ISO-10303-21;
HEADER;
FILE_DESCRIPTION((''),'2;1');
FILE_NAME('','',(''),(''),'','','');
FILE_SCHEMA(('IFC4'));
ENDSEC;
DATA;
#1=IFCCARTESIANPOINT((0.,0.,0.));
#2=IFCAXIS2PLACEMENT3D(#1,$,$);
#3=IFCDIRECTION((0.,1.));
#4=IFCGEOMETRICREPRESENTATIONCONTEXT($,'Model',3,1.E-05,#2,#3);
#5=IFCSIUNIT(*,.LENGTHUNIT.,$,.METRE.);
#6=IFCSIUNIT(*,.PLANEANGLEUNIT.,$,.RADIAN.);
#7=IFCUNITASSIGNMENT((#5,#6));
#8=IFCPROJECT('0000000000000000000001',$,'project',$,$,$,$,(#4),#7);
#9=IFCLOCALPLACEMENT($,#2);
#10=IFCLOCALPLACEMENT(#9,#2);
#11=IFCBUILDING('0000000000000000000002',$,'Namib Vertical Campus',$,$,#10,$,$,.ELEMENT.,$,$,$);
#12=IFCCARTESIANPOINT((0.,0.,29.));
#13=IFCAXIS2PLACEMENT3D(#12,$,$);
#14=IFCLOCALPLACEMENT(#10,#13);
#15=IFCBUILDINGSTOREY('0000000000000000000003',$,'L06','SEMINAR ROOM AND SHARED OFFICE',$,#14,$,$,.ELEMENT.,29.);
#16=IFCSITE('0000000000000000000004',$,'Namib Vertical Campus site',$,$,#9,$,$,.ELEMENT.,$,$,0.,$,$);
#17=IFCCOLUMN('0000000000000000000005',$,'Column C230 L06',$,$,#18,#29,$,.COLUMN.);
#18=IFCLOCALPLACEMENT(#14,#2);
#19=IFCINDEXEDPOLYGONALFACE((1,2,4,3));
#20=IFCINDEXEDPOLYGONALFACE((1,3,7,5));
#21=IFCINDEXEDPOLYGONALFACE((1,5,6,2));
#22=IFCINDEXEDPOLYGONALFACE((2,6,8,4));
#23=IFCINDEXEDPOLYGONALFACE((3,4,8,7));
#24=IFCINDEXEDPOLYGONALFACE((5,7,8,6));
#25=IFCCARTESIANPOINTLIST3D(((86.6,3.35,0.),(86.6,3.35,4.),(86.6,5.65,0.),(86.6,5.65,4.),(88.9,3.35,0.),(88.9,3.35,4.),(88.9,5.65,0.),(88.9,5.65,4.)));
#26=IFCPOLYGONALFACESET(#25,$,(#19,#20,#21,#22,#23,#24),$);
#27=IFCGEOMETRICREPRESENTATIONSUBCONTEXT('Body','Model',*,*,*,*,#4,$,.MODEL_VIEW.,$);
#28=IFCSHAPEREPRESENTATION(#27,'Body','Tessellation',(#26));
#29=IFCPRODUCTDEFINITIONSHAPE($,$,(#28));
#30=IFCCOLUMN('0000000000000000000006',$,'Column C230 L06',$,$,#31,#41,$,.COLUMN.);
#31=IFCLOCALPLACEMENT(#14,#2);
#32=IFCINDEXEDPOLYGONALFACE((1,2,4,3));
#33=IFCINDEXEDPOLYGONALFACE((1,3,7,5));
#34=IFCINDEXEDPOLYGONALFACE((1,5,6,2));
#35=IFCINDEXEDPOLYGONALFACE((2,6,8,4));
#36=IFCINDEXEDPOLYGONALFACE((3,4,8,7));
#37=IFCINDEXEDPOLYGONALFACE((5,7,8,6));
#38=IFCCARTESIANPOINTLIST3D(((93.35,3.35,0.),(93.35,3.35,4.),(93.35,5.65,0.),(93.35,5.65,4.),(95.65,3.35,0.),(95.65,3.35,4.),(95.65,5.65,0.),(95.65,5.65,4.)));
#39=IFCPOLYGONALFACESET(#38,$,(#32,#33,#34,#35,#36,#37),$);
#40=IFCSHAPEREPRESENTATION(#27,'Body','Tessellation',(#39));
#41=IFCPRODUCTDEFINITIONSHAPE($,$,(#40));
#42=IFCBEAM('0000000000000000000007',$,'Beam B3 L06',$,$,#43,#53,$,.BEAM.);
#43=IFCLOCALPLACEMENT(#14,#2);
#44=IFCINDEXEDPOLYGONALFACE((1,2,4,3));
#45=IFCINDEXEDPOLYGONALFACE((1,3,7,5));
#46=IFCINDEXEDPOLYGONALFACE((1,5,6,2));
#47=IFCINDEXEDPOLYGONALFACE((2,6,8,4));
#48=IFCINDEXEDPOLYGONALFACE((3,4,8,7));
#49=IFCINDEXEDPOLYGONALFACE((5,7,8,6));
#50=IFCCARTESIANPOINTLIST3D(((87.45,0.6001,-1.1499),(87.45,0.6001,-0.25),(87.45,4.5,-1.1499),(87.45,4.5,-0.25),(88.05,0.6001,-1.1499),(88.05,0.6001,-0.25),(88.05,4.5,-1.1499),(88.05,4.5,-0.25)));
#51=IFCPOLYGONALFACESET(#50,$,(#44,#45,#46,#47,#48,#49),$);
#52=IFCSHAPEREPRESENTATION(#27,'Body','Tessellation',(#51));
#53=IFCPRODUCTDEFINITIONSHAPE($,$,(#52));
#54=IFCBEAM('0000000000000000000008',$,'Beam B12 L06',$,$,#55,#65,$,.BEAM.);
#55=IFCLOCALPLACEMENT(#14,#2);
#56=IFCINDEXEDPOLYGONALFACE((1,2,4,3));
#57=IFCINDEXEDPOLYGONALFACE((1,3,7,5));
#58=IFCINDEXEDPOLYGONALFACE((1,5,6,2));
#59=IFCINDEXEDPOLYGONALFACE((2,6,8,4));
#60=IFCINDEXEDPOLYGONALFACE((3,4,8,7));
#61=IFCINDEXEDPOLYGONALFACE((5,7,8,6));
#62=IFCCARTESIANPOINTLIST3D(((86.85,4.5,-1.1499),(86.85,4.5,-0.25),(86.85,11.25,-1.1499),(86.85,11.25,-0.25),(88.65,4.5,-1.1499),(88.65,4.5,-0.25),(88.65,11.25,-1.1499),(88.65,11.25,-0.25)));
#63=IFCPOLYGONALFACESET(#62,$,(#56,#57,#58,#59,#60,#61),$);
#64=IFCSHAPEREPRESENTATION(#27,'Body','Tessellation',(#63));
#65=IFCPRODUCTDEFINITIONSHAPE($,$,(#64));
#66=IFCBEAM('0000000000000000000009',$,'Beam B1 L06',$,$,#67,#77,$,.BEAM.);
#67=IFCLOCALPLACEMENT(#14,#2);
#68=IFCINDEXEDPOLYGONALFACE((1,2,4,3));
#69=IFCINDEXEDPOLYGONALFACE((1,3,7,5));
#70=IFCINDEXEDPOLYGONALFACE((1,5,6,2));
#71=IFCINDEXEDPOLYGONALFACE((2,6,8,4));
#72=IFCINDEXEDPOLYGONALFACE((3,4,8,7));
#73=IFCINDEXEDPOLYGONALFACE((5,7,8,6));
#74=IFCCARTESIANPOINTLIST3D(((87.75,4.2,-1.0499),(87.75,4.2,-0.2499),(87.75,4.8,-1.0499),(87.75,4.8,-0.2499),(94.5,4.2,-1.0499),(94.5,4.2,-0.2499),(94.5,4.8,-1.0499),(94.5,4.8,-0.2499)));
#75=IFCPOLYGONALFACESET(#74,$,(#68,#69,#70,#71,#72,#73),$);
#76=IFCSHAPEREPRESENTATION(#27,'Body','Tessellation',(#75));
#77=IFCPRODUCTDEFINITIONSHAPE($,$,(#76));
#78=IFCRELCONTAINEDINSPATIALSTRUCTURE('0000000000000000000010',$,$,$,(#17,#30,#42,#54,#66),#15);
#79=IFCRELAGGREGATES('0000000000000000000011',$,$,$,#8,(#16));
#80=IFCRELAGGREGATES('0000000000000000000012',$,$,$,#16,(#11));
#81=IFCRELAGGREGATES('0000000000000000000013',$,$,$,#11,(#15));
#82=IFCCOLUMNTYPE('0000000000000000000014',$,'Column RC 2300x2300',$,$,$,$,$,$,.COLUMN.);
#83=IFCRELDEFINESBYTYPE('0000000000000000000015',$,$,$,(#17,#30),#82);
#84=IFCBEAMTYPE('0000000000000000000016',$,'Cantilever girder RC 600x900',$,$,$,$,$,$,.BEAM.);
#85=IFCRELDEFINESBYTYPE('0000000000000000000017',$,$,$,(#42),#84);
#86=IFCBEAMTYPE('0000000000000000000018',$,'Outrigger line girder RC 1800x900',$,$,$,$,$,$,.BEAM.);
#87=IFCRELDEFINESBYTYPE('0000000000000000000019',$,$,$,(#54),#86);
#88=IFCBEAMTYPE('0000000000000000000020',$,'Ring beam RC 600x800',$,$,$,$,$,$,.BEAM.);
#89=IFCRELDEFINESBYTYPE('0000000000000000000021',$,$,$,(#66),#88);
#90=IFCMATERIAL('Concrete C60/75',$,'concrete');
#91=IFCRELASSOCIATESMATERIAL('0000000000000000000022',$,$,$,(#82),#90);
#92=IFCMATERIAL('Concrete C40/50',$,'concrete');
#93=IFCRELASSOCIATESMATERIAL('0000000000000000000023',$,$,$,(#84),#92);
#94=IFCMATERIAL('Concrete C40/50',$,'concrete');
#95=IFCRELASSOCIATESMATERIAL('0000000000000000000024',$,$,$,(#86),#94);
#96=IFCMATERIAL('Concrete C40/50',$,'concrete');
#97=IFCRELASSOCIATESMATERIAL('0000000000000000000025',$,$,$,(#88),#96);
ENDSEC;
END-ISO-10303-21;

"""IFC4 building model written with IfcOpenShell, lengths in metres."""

from ifc_helpers import new_model, si_unit, direction, frame, origin, origin_2d, place, context, subcontext, project, spatial, rectangle, extrude, material, material_profile, profile_set, type_object, element, save


model = new_model("IFC4")

# Units and contexts
model_context = context("Model", 3, precision=1e-05, world=origin(), true_north=direction((0.0, 1.0)))
body_context = subcontext(model_context, "Body", "Model", "MODEL_VIEW")
ifc_project = project(units=[si_unit("LENGTHUNIT", "METRE"), si_unit("PLANEANGLEUNIT", "RADIAN")], contexts=[model_context])

# Site, building, storey
site_placement = place(None, origin())
site = spatial("IfcSite", under=ifc_project, at=site_placement, Name="Namib Vertical Campus site", CompositionType="ELEMENT", RefElevation=0.0)
building_placement = place(site_placement, origin())
building = spatial("IfcBuilding", under=site, at=building_placement, Name="Namib Vertical Campus", CompositionType="ELEMENT")
storey_placement = place(building_placement, frame((0.0, 0.0, 29.0)))
storey = spatial("IfcBuildingStorey", under=building, at=storey_placement, Name="L06", Description="SEMINAR ROOM AND SHARED OFFICE", CompositionType="ELEMENT", Elevation=29.0)

# Columns
ifc_material_1 = material(Name="Concrete C60/75", Category="concrete")
ifc_material_profile_1 = material_profile(ifc_material_1, rectangle(XDim=2.3, YDim=2.3, at=origin_2d()))
ifc_profile_set_1 = profile_set([ifc_material_profile_1], Name="Concrete C60/75")
column_type = type_object("IfcColumnType", Name="Column RC 2300x2300", PredefinedType="COLUMN", material=ifc_profile_set_1)
for number, where, z_axis, x_axis, name in (
    (1, (87.75, 4.5, 0.0), (0.0, 0.0, 1.0), (1.0, 0.0, 0.0), "Column C230 L06"),
    (2, (94.5, 4.5, 0.0), (0.0, 0.0, 1.0), (1.0, 0.0, 0.0), "Column C230 L06"),
):
    element("IfcColumn", number, at=place(storey_placement, frame(where, z_axis=z_axis, x_axis=x_axis)), inside=storey, type_object=column_type, Name=name, PredefinedType="COLUMN", context=body_context, shape_type="SweptSolid", body=[
        extrude(rectangle(XDim=2.3, YDim=2.3, at=origin_2d()), origin(), (0.0, 0.0, 1.0), 4.0),
    ])

# Beams
ifc_material_2 = material(Name="Concrete C40/50", Category="concrete")
ifc_material_profile_2 = material_profile(ifc_material_2, rectangle(XDim=0.6001, YDim=0.8999, at=origin_2d()))
ifc_profile_set_2 = profile_set([ifc_material_profile_2], Name="Concrete C40/50")
beam_type_1 = type_object("IfcBeamType", Name="Cantilever girder RC 600x900", PredefinedType="BEAM", material=ifc_profile_set_2)
beam_1_placement = place(storey_placement, frame((87.75, 4.5, -0.7), z_axis=(0.0, -1.0, 0.0), x_axis=(1.0, 0.0, 0.0)))
element("IfcBeam", 3, at=beam_1_placement, inside=storey, type_object=beam_type_1, Name="Beam B3 L06", PredefinedType="BEAM", context=body_context, shape_type="SweptSolid", body=[
    extrude(rectangle(XDim=0.6001, YDim=0.8999, at=origin_2d()), origin(), (0.0, 0.0, 1.0), 3.8999),
])
ifc_material_3 = material(Name="Concrete C40/50", Category="concrete")
ifc_material_profile_3 = material_profile(ifc_material_3, rectangle(XDim=1.8, YDim=0.8999, at=origin_2d()))
ifc_profile_set_3 = profile_set([ifc_material_profile_3], Name="Concrete C40/50")
beam_type_2 = type_object("IfcBeamType", Name="Outrigger line girder RC 1800x900", PredefinedType="BEAM", material=ifc_profile_set_3)
beam_2_placement = place(storey_placement, frame((87.75, 4.5, -0.7), z_axis=(0.0, 1.0, 0.0), x_axis=(-1.0, 0.0, 0.0)))
element("IfcBeam", 4, at=beam_2_placement, inside=storey, type_object=beam_type_2, Name="Beam B12 L06", PredefinedType="BEAM", context=body_context, shape_type="SweptSolid", body=[
    extrude(rectangle(XDim=1.8, YDim=0.8999, at=origin_2d()), origin(), (0.0, 0.0, 1.0), 6.75),
])
ifc_material_4 = material(Name="Concrete C40/50", Category="concrete")
ifc_material_profile_4 = material_profile(ifc_material_4, rectangle(XDim=0.6001, YDim=0.8, at=origin_2d()))
ifc_profile_set_4 = profile_set([ifc_material_profile_4], Name="Concrete C40/50")
beam_type_3 = type_object("IfcBeamType", Name="Ring beam RC 600x800", PredefinedType="BEAM", material=ifc_profile_set_4)
beam_3_placement = place(storey_placement, frame((87.75, 4.5, -0.6499), z_axis=(1.0, 0.0, 0.0), x_axis=(0.0, 1.0, 0.0)))
element("IfcBeam", 5, at=beam_3_placement, inside=storey, type_object=beam_type_3, Name="Beam B1 L06", PredefinedType="BEAM", context=body_context, shape_type="SweptSolid", body=[
    extrude(rectangle(XDim=0.6001, YDim=0.8, at=origin_2d()), origin(), (0.0, 0.0, 1.0), 6.75),
])

save(model, "model.ifc")
